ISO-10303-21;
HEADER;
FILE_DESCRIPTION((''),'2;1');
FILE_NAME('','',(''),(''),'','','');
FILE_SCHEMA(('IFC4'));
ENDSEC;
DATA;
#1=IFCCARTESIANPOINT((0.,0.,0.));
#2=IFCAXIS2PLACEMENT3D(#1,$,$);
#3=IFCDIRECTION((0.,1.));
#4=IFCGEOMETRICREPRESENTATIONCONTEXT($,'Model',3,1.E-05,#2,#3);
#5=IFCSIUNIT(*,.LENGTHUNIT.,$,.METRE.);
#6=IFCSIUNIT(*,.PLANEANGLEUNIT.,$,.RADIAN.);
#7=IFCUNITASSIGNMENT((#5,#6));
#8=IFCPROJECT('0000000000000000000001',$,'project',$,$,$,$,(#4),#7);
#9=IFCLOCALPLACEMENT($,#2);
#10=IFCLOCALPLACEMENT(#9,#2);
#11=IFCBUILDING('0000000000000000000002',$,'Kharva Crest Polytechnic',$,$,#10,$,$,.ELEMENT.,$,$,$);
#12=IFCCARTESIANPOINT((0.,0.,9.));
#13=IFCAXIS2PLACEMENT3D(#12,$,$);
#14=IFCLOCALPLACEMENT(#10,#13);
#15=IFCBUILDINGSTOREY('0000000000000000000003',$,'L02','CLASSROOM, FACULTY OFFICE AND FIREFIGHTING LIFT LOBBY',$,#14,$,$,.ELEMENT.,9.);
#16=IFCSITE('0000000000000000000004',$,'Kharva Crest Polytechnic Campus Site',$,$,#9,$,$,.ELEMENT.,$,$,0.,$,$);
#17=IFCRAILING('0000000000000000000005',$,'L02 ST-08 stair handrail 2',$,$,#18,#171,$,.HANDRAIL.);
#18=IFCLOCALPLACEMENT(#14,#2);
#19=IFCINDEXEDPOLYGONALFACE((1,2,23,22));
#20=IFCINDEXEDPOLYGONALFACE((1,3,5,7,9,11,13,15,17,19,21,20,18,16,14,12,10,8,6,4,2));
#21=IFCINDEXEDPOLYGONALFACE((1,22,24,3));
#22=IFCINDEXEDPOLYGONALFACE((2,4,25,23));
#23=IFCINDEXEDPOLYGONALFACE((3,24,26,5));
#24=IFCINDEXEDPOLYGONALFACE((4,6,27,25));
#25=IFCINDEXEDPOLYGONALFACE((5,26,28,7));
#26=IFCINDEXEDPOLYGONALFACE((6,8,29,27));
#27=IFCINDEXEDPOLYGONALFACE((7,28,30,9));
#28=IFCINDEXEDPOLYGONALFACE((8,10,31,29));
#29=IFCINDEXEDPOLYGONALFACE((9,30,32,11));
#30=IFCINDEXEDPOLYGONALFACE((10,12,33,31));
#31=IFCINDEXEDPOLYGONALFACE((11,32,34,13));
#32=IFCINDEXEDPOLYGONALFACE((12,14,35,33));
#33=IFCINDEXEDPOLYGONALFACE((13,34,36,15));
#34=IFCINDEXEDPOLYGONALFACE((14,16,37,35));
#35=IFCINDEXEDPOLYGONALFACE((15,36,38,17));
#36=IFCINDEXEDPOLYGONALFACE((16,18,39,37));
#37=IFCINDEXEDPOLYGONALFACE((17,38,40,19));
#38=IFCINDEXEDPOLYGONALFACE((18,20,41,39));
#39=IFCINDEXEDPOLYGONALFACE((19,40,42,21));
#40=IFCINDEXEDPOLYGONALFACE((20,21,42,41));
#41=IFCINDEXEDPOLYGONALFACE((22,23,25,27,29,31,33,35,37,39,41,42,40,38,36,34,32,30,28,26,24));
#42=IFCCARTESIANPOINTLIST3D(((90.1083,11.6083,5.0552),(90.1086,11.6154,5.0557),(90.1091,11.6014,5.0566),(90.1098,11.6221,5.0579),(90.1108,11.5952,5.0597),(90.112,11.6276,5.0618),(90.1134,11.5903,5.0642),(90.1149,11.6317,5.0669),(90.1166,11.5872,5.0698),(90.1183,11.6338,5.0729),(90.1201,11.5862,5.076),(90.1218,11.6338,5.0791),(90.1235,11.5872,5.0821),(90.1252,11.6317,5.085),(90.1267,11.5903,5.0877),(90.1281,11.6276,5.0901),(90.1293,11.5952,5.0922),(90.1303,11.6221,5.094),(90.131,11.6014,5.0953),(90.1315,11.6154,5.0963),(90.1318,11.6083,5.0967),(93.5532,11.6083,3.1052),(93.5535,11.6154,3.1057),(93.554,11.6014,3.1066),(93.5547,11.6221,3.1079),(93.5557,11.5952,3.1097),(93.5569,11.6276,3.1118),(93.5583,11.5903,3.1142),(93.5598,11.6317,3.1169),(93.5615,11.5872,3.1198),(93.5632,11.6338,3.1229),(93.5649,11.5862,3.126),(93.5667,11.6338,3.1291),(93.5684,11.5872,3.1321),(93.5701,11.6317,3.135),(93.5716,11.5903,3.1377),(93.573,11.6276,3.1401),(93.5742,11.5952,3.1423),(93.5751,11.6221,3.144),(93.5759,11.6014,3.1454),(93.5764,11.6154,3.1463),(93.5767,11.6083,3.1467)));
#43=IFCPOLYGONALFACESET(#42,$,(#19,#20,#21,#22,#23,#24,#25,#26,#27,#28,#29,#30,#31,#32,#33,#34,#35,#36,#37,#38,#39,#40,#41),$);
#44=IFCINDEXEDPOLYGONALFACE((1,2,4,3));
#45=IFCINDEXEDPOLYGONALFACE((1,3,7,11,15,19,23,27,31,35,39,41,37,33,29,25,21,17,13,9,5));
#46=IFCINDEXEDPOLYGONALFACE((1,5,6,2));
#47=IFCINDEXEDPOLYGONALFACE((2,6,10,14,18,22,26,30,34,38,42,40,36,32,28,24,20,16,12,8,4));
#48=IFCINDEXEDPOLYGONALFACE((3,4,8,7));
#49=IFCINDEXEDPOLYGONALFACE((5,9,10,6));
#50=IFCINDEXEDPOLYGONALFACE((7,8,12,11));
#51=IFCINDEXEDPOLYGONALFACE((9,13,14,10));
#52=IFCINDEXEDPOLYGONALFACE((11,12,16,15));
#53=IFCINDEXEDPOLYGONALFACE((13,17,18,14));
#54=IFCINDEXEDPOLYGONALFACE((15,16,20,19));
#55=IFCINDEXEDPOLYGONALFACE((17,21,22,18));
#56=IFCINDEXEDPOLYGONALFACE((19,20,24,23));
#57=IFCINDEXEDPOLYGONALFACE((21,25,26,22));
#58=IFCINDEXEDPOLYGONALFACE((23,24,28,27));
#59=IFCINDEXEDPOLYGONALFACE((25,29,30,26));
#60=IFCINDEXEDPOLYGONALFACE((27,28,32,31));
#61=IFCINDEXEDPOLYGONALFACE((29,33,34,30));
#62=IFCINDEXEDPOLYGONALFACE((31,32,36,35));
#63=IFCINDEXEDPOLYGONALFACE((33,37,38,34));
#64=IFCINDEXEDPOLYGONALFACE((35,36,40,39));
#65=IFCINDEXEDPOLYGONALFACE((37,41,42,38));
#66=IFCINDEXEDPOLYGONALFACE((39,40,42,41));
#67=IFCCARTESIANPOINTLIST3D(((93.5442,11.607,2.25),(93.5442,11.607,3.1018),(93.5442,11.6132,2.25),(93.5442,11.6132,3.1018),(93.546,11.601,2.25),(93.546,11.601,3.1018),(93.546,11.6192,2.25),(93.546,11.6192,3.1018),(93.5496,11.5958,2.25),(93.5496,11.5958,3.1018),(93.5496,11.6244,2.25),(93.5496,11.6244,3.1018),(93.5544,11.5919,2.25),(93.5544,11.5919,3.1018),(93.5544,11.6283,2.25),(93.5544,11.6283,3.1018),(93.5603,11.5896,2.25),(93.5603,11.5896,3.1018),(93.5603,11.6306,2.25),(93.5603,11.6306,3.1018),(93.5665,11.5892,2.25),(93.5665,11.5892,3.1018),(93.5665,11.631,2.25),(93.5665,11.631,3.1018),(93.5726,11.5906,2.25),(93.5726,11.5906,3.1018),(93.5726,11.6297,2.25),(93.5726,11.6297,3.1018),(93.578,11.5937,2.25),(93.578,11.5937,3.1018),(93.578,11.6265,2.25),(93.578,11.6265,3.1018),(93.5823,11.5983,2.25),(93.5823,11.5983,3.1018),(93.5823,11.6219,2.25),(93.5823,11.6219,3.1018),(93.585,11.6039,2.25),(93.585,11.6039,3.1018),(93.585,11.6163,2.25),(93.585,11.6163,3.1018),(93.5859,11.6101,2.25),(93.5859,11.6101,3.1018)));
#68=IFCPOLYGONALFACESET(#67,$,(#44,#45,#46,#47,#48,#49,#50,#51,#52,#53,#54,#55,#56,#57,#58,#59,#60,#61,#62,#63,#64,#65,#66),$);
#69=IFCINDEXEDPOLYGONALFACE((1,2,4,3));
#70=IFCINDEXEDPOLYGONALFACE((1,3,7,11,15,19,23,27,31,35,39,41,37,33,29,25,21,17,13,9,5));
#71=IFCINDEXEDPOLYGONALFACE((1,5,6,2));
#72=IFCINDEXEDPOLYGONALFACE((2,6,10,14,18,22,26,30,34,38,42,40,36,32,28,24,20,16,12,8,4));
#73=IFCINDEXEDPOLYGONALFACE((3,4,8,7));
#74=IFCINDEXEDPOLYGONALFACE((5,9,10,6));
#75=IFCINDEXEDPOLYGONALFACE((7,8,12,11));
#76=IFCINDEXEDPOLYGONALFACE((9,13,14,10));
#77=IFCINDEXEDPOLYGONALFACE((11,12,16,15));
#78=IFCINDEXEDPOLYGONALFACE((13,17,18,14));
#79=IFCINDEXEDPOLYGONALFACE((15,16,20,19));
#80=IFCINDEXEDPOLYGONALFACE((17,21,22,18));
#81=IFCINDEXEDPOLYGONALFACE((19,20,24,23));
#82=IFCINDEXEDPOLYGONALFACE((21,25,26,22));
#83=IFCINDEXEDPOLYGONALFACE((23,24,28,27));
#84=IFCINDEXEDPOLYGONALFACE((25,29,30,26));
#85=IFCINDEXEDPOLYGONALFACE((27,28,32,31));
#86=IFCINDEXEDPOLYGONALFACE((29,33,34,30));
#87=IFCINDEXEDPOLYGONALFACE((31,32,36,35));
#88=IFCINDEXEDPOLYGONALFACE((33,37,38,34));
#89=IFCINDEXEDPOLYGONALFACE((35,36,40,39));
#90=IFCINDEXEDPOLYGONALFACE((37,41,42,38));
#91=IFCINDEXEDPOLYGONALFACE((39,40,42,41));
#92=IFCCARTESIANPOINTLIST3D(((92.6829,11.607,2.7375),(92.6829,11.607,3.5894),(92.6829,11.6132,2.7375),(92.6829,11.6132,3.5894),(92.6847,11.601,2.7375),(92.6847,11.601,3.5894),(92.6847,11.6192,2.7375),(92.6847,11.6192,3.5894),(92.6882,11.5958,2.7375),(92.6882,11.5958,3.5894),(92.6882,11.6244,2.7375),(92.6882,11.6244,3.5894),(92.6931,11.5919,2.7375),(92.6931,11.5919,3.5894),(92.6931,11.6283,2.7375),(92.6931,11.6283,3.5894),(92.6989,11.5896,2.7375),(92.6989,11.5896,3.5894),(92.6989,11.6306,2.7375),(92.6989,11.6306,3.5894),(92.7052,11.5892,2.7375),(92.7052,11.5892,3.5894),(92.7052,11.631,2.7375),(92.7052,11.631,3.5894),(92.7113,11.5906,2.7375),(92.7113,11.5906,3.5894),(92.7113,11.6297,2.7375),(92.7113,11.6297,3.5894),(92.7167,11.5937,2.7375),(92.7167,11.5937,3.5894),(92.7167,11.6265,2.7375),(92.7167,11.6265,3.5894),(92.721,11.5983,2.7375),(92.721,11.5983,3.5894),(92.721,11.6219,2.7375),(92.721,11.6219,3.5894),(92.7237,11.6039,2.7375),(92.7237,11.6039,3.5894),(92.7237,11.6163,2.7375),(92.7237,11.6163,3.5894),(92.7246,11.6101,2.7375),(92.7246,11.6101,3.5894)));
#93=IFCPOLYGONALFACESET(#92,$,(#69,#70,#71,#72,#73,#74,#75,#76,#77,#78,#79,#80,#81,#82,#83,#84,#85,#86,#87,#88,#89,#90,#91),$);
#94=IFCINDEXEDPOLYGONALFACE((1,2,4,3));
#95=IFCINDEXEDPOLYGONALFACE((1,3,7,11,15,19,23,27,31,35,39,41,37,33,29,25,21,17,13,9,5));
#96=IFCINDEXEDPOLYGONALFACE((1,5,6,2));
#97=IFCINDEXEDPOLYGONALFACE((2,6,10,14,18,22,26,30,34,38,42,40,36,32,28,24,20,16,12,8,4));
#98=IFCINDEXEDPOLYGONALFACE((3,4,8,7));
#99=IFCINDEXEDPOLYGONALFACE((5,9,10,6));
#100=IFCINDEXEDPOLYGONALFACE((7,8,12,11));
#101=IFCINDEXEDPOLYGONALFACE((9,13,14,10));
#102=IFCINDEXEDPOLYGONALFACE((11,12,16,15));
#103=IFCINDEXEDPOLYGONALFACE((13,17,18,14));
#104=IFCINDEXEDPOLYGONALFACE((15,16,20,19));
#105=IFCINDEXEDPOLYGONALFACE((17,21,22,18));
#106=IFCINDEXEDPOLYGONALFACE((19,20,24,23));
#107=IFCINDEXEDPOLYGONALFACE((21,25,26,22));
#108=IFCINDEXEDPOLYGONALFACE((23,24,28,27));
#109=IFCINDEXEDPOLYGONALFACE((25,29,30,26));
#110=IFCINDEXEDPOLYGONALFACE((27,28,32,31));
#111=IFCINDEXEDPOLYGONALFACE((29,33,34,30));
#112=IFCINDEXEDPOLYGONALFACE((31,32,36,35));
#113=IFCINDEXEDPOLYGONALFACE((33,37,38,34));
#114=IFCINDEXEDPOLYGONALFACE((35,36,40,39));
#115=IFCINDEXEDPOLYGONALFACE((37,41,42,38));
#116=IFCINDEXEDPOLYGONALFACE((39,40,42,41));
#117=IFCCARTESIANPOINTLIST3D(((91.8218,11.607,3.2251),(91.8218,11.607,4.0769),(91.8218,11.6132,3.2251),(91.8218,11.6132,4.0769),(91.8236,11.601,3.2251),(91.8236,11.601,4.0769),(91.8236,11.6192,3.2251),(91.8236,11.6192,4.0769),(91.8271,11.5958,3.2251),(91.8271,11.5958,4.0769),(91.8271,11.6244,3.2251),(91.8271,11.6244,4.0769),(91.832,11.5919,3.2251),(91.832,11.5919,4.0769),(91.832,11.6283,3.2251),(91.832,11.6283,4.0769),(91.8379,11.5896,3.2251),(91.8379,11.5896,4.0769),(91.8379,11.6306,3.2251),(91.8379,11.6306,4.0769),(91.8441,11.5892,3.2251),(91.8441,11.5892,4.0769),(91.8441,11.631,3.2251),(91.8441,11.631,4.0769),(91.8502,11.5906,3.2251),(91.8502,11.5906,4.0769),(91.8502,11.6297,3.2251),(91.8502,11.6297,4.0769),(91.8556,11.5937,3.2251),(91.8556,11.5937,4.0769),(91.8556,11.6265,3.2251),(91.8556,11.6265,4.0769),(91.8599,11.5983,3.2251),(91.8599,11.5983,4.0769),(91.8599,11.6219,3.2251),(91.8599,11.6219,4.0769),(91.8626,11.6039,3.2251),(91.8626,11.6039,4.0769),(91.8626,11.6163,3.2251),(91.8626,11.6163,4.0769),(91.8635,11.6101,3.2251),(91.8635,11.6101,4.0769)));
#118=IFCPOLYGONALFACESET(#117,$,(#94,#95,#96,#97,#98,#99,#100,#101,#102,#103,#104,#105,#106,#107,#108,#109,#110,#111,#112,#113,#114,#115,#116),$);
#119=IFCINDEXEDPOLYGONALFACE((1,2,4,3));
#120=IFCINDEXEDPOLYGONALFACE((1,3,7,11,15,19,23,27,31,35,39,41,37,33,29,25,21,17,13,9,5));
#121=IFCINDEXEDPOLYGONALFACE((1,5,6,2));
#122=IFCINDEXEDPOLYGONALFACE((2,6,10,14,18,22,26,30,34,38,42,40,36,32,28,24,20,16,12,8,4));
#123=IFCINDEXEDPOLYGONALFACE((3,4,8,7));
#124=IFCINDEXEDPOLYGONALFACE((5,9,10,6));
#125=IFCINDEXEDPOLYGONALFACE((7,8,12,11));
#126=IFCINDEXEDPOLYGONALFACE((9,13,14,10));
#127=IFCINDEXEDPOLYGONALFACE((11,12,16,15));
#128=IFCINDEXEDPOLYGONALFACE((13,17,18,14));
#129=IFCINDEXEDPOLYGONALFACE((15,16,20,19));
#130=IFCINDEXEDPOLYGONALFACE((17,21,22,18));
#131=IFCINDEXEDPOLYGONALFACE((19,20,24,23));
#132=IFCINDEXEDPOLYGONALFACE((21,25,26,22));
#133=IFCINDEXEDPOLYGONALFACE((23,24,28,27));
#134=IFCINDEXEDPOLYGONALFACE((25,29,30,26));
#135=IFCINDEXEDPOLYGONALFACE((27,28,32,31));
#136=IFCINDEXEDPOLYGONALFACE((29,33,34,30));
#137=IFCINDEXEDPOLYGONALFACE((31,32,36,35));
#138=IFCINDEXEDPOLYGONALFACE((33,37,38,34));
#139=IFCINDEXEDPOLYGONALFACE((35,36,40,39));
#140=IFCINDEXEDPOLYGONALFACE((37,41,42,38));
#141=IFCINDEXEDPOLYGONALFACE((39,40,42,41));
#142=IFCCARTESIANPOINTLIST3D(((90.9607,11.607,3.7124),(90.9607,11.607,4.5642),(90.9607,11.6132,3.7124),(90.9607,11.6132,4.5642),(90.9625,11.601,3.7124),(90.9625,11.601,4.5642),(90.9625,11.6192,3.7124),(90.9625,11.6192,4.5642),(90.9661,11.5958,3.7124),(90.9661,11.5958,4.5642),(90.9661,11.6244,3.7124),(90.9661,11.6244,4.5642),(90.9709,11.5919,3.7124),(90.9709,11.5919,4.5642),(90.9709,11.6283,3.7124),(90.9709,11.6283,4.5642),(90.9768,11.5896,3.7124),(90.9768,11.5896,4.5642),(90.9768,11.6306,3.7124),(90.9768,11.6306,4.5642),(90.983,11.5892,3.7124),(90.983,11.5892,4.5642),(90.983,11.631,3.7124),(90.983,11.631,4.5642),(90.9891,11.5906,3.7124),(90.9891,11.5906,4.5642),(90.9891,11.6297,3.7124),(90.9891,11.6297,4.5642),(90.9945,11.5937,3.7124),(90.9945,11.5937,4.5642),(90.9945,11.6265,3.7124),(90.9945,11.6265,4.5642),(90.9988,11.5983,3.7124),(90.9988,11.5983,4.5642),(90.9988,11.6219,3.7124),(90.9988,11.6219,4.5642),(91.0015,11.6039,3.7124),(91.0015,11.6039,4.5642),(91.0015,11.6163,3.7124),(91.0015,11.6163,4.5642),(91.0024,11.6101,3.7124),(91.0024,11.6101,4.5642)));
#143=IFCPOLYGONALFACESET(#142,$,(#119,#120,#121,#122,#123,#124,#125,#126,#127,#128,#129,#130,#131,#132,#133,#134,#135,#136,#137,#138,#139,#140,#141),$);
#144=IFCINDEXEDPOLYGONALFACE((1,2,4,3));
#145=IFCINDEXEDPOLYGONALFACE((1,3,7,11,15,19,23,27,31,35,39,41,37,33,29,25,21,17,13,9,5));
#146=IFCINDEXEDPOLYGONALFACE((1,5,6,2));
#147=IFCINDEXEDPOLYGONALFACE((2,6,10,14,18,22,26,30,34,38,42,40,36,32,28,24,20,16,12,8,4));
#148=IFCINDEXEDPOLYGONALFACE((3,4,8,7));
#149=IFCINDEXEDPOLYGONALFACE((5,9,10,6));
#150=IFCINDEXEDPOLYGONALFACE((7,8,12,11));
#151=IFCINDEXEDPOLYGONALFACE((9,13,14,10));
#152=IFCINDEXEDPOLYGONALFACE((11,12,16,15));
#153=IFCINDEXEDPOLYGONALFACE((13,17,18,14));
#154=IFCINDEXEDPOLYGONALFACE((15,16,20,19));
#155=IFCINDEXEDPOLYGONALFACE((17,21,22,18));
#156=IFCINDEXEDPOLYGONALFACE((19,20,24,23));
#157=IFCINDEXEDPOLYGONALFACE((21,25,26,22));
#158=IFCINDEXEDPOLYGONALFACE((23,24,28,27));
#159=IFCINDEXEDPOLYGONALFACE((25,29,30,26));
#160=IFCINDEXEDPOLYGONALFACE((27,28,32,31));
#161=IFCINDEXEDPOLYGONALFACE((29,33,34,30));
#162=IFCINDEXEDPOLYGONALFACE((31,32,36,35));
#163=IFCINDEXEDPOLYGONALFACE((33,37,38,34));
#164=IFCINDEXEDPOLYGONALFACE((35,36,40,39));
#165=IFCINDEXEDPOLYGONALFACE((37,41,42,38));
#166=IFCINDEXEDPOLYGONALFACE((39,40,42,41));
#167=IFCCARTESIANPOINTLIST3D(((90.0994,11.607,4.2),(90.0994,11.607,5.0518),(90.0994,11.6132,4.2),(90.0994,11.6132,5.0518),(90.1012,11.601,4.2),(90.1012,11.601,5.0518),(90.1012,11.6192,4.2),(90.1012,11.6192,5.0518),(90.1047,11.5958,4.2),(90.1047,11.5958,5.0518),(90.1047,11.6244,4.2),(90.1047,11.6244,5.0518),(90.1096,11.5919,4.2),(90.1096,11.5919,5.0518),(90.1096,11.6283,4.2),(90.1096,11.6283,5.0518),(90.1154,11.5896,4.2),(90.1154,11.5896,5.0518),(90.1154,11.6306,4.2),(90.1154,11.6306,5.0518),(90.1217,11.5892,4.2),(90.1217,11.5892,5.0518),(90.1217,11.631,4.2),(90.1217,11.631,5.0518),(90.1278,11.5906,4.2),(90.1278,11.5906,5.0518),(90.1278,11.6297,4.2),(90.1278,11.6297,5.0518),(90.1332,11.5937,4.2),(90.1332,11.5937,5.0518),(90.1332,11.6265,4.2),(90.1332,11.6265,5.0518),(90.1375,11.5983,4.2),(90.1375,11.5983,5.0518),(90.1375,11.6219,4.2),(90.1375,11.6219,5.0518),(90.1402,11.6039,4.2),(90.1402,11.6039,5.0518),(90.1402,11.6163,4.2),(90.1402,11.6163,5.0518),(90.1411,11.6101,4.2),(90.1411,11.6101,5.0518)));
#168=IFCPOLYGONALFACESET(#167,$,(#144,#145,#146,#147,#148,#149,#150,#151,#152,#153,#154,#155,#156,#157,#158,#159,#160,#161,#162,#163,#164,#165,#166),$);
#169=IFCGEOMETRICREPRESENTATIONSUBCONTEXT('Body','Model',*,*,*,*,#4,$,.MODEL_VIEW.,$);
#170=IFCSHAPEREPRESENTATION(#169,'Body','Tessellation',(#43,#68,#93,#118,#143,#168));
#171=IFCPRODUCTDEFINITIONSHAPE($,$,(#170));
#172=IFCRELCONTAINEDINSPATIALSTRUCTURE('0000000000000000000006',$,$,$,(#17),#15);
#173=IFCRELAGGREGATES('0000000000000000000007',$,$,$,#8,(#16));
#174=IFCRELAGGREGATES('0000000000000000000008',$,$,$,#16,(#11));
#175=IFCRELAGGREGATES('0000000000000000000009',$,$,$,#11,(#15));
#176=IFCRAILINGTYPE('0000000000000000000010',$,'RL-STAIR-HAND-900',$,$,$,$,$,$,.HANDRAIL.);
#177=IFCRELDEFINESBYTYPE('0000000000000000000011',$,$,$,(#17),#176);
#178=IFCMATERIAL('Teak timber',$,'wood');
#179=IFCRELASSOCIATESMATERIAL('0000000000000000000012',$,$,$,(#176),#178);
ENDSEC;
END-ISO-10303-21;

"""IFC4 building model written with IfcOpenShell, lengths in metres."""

from ifc_helpers import new_model, si_unit, direction, frame, origin, origin_2d, place, context, subcontext, project, spatial, circle, extrude, material, type_object, element, save


model = new_model("IFC4")

# Units and contexts
model_context = context("Model", 3, precision=1e-05, world=origin(), true_north=direction((0.0, 1.0)))
body_context = subcontext(model_context, "Body", "Model", "MODEL_VIEW")
ifc_project = project(units=[si_unit("LENGTHUNIT", "METRE"), si_unit("PLANEANGLEUNIT", "RADIAN")], contexts=[model_context])

# Site, building, storey
site_placement = place(None, origin())
site = spatial("IfcSite", under=ifc_project, at=site_placement, Name="Kharva Crest Polytechnic Campus Site", CompositionType="ELEMENT", RefElevation=0.0)
building_placement = place(site_placement, origin())
building = spatial("IfcBuilding", under=site, at=building_placement, Name="Kharva Crest Polytechnic", CompositionType="ELEMENT")
storey_placement = place(building_placement, frame((0.0, 0.0, 9.0)))
storey = spatial("IfcBuildingStorey", under=building, at=storey_placement, Name="L02", Description="CLASSROOM, FACULTY OFFICE AND FIREFIGHTING LIFT LOBBY", CompositionType="ELEMENT", Elevation=9.0)

# Shared definitions
ifc_material_1 = material(Name="Teak timber", Category="wood")

# Railing
railing_type_1 = type_object("IfcRailingType", Name="RL-STAIR-HAND-900", PredefinedType="HANDRAIL", material=ifc_material_1)
railing_1_placement = place(storey_placement, frame((93.5649, 11.6101, 2.25)))
element("IfcRailing", 1, at=railing_1_placement, inside=storey, type_object=railing_type_1, Name="L02 ST-08 stair handrail 2", PredefinedType="HANDRAIL", context=body_context, shape_type="SweptSolid", body=[
    extrude(circle(Radius=0.0239, at=origin_2d()), frame((0.0, 0.0, 0.876), z_axis=(-0.870251, 0.0, 0.492608), x_axis=(0.0, -1.0, 0.0)), (0.0, 0.0, 1.0), 3.9585),
    extrude(circle(Radius=0.021, at=origin_2d()), origin(), (0.0, 0.0, 1.0), 0.8518),
    extrude(circle(Radius=0.021, at=origin_2d()), frame((-0.8613, 0.0, 0.4875)), (0.0, 0.0, 1.0), 0.8518),
    extrude(circle(Radius=0.021, at=origin_2d()), frame((-1.7224, 0.0, 0.9751)), (0.0, 0.0, 1.0), 0.8518),
    extrude(circle(Radius=0.021, at=origin_2d()), frame((-2.5835, 0.0, 1.4624)), (0.0, 0.0, 1.0), 0.8518),
    extrude(circle(Radius=0.021, at=origin_2d()), frame((-3.4448, 0.0, 1.95)), (0.0, 0.0, 1.0), 0.8518),
])

save(model, "model.ifc")
